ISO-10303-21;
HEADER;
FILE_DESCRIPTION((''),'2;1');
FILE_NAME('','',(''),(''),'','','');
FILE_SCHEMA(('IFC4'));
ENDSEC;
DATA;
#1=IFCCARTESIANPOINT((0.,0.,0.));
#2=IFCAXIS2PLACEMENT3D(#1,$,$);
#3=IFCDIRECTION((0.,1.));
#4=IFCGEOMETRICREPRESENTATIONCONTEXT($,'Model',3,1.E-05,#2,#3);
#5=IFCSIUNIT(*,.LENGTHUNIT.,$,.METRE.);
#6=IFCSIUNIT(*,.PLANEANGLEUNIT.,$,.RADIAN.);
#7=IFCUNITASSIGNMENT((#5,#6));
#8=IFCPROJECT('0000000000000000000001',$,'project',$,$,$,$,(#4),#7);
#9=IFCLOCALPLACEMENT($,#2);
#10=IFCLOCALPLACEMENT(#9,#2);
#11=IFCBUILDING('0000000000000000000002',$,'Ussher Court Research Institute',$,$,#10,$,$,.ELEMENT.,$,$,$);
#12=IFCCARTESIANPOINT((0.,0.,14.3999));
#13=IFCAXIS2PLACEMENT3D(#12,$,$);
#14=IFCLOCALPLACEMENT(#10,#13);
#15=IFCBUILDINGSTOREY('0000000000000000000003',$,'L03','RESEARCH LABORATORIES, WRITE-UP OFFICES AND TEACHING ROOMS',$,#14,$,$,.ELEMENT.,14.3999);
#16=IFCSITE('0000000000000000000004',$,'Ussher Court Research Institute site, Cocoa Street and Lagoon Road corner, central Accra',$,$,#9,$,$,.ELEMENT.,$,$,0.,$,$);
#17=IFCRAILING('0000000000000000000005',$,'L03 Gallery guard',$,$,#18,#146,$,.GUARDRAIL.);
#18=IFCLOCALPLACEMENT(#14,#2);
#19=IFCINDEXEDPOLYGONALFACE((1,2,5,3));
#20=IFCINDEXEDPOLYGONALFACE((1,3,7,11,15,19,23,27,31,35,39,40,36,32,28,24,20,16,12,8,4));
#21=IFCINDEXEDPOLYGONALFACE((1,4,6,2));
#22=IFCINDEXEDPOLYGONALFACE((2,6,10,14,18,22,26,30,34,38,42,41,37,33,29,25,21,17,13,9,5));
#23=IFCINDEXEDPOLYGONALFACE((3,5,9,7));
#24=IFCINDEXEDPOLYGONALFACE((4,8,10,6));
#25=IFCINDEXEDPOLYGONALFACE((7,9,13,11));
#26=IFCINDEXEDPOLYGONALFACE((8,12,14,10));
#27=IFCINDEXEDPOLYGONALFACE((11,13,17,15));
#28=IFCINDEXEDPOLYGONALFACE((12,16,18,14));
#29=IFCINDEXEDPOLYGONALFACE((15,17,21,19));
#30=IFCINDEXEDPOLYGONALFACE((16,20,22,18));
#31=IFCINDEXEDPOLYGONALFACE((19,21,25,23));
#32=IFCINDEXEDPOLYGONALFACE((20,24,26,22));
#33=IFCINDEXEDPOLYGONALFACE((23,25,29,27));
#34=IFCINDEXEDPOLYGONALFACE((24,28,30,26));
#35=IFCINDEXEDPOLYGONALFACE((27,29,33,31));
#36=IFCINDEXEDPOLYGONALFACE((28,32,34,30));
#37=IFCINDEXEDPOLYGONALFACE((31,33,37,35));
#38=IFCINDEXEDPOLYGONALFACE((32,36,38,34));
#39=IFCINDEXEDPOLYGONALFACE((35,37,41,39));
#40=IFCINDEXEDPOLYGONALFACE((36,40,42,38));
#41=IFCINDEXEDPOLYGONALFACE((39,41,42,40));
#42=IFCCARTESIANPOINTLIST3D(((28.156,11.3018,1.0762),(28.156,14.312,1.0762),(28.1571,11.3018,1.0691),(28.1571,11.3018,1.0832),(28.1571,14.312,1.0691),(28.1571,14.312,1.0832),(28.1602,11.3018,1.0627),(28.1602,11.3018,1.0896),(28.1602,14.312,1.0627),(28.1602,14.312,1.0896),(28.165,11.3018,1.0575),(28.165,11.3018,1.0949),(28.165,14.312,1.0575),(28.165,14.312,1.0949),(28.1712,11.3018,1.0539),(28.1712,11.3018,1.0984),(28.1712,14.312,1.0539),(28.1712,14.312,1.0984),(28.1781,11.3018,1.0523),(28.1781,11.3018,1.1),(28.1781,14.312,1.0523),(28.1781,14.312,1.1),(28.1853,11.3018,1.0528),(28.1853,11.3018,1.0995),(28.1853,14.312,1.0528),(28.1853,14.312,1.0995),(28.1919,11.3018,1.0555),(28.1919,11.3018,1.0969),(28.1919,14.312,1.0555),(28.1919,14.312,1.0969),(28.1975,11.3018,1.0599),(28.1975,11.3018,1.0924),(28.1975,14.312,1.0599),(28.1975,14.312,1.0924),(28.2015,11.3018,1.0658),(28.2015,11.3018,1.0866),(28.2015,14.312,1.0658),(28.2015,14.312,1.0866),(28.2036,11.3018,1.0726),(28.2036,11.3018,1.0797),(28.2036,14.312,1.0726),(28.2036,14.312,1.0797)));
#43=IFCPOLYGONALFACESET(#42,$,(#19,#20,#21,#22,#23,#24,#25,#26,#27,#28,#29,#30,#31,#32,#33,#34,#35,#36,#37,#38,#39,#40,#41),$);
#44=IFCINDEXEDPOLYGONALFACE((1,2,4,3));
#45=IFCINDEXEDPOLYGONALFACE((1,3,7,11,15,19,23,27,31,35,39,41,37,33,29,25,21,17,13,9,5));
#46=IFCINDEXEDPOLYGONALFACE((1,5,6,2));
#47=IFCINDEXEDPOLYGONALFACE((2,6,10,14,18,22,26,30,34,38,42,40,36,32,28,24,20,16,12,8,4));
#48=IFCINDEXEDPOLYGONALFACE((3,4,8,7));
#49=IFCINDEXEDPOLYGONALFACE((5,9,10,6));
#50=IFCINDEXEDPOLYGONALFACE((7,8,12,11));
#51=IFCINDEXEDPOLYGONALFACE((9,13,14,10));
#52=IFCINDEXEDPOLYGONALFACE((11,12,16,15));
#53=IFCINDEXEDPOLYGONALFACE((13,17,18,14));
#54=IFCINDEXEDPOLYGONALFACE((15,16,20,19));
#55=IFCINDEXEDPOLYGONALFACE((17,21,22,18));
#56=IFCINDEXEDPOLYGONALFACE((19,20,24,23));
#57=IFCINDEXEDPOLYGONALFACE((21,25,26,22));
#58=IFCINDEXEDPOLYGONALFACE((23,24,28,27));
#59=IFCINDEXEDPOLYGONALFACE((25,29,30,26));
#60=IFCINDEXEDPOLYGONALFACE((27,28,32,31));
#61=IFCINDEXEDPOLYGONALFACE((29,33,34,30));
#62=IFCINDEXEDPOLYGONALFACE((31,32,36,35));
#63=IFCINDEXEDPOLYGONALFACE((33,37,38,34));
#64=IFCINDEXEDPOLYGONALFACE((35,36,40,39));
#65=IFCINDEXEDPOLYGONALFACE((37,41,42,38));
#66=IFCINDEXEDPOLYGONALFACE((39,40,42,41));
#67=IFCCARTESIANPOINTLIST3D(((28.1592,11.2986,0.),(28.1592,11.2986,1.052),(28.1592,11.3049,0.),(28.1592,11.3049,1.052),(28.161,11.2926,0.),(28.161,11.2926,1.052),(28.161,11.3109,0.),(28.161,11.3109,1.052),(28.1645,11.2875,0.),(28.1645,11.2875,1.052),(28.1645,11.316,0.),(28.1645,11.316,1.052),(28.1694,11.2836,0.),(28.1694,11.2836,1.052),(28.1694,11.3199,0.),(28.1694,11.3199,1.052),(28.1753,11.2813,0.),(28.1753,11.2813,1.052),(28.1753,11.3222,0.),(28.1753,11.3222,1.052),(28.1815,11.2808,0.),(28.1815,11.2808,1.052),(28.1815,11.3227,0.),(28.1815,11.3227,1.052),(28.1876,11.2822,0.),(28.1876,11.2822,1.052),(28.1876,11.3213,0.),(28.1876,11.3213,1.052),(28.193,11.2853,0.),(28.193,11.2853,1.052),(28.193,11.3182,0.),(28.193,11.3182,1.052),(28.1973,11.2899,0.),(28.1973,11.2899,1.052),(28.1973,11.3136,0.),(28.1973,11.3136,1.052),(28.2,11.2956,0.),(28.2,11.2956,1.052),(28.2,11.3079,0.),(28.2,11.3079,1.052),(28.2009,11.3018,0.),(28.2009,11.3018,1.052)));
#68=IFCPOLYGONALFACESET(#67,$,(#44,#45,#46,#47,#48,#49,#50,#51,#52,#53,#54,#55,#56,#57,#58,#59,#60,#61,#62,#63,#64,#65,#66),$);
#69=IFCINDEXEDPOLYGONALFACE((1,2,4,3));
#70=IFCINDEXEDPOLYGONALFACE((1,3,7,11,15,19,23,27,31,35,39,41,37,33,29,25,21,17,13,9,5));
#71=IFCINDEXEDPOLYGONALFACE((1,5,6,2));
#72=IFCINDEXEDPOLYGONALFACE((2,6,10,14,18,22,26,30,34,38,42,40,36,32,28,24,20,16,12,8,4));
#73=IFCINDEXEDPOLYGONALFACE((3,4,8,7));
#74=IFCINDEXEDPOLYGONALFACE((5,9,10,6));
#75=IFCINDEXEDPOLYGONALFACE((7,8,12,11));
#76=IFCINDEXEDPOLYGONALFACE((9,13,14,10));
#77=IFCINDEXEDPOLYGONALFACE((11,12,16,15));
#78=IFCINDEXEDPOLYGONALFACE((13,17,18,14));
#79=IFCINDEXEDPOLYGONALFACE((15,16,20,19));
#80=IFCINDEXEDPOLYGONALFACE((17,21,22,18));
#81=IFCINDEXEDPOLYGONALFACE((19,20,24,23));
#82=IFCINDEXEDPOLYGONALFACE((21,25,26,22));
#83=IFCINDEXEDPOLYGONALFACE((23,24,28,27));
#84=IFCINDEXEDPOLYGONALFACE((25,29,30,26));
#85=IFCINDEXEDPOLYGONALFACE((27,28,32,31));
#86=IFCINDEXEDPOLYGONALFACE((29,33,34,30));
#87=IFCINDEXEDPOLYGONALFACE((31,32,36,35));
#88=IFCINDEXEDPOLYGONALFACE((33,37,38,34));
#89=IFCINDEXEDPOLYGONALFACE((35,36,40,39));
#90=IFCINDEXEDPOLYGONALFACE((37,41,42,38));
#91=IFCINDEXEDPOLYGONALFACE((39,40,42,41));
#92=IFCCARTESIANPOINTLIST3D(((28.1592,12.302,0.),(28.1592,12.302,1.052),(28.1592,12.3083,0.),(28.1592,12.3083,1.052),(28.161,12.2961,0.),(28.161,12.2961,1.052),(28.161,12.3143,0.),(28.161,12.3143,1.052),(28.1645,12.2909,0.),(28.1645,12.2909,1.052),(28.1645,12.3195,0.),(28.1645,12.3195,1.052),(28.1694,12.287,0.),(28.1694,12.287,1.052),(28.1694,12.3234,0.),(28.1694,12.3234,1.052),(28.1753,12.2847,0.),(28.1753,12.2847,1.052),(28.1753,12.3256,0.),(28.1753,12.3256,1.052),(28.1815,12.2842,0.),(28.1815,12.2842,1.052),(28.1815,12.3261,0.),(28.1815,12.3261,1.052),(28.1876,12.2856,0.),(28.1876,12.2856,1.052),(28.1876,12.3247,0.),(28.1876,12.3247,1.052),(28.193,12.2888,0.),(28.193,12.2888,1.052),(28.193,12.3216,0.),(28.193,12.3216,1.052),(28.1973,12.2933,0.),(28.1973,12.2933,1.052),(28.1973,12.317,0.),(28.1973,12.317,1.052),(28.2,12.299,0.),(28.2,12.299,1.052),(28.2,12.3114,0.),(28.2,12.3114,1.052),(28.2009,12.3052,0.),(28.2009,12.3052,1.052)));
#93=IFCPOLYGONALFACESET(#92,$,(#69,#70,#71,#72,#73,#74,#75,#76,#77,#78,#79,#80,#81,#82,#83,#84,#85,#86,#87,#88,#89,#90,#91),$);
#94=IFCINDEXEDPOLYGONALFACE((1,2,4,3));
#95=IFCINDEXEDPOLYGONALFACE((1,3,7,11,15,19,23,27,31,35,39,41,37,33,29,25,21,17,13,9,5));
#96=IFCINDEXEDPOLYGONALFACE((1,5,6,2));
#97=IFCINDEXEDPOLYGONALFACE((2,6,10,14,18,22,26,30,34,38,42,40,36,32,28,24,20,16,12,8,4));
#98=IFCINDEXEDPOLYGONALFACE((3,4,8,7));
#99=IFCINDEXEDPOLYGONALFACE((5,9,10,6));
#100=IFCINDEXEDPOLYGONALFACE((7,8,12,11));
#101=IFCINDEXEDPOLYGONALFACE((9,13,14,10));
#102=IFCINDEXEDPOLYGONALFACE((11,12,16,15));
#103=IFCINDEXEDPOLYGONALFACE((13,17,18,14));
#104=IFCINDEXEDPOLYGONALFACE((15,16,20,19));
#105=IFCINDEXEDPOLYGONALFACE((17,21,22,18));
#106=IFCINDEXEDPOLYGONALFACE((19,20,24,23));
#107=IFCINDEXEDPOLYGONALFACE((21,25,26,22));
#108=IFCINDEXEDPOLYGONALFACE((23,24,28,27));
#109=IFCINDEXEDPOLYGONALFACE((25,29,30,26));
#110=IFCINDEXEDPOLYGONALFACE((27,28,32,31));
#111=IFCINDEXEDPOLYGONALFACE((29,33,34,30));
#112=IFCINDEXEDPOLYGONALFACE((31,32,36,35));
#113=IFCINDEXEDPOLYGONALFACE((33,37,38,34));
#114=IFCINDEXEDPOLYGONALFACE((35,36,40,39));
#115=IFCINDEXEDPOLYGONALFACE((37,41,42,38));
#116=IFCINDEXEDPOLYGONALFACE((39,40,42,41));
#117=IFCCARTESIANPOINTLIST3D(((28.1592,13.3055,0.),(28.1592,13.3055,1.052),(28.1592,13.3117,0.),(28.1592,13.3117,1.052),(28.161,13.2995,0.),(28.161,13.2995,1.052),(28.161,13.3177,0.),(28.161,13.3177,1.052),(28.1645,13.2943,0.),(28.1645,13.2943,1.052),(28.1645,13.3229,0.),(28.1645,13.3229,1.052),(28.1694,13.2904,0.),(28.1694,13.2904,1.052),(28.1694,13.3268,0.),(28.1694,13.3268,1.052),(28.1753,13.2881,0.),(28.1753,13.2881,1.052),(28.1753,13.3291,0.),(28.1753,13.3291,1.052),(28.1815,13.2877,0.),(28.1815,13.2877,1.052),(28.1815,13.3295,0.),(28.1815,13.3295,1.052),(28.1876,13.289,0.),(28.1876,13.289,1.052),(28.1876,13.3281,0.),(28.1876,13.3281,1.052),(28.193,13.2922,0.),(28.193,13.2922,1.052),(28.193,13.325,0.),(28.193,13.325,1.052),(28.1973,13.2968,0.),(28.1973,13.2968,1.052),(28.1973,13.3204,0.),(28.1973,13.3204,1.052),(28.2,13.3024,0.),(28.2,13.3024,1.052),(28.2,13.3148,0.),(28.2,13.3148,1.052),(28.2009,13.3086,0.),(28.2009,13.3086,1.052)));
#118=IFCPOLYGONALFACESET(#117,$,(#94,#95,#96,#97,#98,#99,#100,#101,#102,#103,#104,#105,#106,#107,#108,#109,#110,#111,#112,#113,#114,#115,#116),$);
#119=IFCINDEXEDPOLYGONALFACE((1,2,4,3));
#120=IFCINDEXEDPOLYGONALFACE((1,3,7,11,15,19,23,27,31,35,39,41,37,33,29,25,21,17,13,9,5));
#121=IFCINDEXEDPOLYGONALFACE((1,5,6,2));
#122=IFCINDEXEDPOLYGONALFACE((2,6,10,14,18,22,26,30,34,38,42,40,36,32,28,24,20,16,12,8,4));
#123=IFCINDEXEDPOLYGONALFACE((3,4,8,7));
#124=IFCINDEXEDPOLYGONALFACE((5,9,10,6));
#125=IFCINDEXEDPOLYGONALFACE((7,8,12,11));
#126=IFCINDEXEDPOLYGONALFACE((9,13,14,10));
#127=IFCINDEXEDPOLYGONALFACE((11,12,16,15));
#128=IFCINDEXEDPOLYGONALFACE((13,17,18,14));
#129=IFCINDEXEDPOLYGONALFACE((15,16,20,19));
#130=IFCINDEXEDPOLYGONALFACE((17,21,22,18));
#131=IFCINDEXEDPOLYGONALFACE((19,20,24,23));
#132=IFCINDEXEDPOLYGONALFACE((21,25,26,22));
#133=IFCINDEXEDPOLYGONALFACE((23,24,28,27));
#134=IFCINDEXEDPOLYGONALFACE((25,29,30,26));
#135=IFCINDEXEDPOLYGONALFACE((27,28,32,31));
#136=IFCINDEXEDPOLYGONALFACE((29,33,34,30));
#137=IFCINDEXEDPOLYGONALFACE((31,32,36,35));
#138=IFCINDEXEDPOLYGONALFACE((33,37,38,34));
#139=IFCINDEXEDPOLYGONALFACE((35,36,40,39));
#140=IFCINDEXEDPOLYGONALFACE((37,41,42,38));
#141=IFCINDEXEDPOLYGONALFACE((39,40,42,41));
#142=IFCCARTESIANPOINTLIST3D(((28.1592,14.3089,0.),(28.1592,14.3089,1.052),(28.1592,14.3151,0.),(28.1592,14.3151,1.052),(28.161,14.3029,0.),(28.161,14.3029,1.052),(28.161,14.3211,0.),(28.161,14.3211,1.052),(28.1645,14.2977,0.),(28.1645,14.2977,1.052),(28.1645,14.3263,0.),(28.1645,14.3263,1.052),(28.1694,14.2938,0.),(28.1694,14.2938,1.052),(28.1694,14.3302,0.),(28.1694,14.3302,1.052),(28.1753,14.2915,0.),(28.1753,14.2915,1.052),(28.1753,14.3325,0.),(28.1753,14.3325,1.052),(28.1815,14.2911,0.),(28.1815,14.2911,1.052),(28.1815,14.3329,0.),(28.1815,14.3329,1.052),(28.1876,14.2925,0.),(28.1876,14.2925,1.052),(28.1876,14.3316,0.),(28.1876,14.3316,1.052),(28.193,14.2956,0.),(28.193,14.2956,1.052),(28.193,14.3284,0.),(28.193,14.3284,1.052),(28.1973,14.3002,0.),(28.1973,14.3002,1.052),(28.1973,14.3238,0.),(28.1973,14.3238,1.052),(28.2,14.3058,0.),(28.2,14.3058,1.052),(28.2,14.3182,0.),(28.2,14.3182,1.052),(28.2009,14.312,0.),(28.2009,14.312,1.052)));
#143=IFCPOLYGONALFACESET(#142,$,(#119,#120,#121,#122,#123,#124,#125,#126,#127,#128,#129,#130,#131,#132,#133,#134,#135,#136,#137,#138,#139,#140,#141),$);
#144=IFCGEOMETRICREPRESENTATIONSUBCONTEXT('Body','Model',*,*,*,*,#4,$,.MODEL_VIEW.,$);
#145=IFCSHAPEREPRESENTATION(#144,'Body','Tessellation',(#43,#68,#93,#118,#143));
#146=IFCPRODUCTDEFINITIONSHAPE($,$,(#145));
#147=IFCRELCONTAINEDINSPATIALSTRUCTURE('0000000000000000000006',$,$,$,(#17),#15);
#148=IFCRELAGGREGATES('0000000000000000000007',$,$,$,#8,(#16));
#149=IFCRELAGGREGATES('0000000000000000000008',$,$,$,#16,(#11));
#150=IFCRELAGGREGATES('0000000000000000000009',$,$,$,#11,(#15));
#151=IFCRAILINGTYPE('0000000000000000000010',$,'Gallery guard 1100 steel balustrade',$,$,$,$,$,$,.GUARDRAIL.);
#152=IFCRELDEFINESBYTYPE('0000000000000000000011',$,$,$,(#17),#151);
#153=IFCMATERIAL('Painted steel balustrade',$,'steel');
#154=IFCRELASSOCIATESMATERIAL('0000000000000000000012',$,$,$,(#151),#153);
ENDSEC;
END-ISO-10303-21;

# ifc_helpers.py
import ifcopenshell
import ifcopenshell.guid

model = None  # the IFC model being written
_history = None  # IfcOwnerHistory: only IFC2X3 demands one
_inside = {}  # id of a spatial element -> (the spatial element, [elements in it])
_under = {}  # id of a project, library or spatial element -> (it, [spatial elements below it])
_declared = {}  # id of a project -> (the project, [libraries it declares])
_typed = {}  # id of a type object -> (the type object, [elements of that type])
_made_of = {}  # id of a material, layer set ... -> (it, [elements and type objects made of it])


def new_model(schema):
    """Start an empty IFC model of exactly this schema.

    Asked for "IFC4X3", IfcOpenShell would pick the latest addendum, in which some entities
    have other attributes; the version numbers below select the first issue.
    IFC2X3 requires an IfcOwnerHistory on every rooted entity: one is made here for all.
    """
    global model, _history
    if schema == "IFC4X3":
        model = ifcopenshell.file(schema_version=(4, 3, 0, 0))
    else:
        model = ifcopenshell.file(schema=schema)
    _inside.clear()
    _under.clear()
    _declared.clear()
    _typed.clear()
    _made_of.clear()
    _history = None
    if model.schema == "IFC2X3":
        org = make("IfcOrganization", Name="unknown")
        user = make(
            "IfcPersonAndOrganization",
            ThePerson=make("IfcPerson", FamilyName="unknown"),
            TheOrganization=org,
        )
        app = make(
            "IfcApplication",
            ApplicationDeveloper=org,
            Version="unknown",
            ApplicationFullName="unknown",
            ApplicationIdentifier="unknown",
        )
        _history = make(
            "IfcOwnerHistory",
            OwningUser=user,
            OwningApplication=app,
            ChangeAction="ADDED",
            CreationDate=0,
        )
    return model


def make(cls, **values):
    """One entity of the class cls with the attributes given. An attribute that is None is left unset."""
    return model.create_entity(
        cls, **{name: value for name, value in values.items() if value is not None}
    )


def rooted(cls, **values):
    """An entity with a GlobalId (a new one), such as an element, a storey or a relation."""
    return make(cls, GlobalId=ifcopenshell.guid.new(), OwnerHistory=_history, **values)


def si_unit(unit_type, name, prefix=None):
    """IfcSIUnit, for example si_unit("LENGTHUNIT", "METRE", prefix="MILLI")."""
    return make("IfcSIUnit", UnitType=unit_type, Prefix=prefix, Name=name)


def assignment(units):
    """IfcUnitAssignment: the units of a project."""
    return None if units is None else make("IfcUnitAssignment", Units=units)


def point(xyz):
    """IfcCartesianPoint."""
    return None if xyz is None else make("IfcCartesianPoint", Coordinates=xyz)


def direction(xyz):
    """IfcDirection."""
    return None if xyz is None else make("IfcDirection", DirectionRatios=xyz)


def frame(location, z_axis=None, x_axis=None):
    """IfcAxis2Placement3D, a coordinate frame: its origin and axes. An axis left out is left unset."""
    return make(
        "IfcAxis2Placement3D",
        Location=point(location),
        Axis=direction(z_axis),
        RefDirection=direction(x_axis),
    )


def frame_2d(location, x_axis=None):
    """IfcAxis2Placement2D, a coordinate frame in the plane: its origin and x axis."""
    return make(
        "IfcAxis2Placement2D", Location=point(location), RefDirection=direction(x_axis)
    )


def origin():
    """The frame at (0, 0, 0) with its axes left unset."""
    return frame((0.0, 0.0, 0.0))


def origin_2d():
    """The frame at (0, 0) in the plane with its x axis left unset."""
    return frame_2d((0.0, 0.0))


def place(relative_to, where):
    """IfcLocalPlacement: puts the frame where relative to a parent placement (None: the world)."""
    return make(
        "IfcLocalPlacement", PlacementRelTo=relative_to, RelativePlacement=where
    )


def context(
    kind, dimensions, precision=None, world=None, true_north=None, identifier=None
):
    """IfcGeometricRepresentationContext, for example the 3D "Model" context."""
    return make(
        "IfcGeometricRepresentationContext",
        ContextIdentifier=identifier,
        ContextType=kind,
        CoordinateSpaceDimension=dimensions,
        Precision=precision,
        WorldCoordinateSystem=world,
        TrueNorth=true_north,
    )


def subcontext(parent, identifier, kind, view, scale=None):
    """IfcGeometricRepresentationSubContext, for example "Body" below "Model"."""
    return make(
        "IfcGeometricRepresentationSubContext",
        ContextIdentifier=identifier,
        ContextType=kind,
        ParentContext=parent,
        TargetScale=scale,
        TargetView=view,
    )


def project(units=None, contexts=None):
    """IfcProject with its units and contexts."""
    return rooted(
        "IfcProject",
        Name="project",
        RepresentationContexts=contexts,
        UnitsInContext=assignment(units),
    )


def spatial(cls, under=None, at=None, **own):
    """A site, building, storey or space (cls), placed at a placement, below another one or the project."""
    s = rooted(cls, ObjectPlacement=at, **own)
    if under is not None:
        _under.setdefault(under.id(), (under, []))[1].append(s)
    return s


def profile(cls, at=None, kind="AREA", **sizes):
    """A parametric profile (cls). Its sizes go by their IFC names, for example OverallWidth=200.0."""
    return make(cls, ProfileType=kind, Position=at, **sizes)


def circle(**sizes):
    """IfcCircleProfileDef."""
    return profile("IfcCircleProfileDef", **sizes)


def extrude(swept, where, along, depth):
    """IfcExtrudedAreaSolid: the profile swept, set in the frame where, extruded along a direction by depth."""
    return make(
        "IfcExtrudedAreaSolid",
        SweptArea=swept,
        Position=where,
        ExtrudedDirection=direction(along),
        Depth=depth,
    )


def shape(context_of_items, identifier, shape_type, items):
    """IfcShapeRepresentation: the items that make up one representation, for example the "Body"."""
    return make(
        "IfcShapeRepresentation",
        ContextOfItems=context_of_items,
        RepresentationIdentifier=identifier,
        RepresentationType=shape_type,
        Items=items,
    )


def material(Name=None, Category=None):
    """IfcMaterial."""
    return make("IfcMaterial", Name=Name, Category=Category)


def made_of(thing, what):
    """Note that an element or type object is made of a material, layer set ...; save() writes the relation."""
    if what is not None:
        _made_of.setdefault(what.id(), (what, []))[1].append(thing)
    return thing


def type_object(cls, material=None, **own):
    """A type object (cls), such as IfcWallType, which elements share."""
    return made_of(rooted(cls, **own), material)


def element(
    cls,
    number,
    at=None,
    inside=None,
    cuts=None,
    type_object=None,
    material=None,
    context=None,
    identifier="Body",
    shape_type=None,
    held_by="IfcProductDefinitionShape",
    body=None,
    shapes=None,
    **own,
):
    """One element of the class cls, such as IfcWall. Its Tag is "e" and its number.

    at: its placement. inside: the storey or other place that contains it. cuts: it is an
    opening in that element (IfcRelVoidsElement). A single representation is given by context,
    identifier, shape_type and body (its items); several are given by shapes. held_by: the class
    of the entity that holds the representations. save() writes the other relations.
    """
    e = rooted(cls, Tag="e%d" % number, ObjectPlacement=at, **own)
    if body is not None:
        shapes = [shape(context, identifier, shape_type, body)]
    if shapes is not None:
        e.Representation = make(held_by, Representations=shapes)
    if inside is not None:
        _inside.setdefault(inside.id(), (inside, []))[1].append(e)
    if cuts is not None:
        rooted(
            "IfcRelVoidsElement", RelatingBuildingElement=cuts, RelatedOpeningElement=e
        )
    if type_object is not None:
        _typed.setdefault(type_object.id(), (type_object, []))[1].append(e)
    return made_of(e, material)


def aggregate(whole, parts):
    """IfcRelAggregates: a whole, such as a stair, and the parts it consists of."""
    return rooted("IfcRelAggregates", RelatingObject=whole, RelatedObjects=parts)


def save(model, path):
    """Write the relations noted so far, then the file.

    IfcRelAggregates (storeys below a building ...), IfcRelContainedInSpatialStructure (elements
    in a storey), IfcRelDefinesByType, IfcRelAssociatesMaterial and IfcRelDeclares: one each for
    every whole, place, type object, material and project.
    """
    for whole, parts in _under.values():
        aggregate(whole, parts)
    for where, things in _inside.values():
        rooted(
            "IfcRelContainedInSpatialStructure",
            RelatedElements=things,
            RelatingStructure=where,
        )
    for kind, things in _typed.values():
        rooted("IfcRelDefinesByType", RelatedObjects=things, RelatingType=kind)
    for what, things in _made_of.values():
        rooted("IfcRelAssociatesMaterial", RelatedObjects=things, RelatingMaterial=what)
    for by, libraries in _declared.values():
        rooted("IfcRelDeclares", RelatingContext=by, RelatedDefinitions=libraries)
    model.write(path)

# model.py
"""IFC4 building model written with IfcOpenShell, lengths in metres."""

from ifc_helpers import new_model, si_unit, direction, frame, origin, origin_2d, place, context, subcontext, project, spatial, circle, extrude, material, type_object, element, save


model = new_model("IFC4")

# Units and contexts
model_context = context("Model", 3, precision=1e-05, world=origin(), true_north=direction((0.0, 1.0)))
body_context = subcontext(model_context, "Body", "Model", "MODEL_VIEW")
ifc_project = project(units=[si_unit("LENGTHUNIT", "METRE"), si_unit("PLANEANGLEUNIT", "RADIAN")], contexts=[model_context])

# Site, building, storey
site_placement = place(None, origin())
site = spatial("IfcSite", under=ifc_project, at=site_placement, Name="Ussher Court Research Institute site, Cocoa Street and Lagoon Road corner, central Accra", CompositionType="ELEMENT", RefElevation=0.0)
building_placement = place(site_placement, origin())
building = spatial("IfcBuilding", under=site, at=building_placement, Name="Ussher Court Research Institute", CompositionType="ELEMENT")
storey_placement = place(building_placement, frame((0.0, 0.0, 14.3999)))
storey = spatial("IfcBuildingStorey", under=building, at=storey_placement, Name="L03", Description="RESEARCH LABORATORIES, WRITE-UP OFFICES AND TEACHING ROOMS", CompositionType="ELEMENT", Elevation=14.3999)

# Railing
ifc_material_1 = material(Name="Painted steel balustrade", Category="steel")
railing_type = type_object("IfcRailingType", Name="Gallery guard 1100 steel balustrade", PredefinedType="GUARDRAIL", material=ifc_material_1)
railing_1_placement = place(storey_placement, frame((28.1799, 11.3018, 0.0)))
element("IfcRailing", 1, at=railing_1_placement, inside=storey, type_object=railing_type, Name="L03 Gallery guard", PredefinedType="GUARDRAIL", context=body_context, shape_type="SweptSolid", body=[
    extrude(circle(Radius=0.0239, at=origin_2d()), frame((0.0, 0.0, 1.0762), z_axis=(0.0, 1.0, 0.0), x_axis=(-1.0, 0.0, 0.0)), (0.0, 0.0, 1.0), 3.0103),
    extrude(circle(Radius=0.021, at=origin_2d()), origin(), (0.0, 0.0, 1.0), 1.052),
    extrude(circle(Radius=0.021, at=origin_2d()), frame((0.0, 1.0034, 0.0)), (0.0, 0.0, 1.0), 1.052),
    extrude(circle(Radius=0.021, at=origin_2d()), frame((0.0, 2.0068, 0.0)), (0.0, 0.0, 1.0), 1.052),
    extrude(circle(Radius=0.021, at=origin_2d()), frame((0.0, 3.0103, 0.0)), (0.0, 0.0, 1.0), 1.052),
])

save(model, "model.ifc")
